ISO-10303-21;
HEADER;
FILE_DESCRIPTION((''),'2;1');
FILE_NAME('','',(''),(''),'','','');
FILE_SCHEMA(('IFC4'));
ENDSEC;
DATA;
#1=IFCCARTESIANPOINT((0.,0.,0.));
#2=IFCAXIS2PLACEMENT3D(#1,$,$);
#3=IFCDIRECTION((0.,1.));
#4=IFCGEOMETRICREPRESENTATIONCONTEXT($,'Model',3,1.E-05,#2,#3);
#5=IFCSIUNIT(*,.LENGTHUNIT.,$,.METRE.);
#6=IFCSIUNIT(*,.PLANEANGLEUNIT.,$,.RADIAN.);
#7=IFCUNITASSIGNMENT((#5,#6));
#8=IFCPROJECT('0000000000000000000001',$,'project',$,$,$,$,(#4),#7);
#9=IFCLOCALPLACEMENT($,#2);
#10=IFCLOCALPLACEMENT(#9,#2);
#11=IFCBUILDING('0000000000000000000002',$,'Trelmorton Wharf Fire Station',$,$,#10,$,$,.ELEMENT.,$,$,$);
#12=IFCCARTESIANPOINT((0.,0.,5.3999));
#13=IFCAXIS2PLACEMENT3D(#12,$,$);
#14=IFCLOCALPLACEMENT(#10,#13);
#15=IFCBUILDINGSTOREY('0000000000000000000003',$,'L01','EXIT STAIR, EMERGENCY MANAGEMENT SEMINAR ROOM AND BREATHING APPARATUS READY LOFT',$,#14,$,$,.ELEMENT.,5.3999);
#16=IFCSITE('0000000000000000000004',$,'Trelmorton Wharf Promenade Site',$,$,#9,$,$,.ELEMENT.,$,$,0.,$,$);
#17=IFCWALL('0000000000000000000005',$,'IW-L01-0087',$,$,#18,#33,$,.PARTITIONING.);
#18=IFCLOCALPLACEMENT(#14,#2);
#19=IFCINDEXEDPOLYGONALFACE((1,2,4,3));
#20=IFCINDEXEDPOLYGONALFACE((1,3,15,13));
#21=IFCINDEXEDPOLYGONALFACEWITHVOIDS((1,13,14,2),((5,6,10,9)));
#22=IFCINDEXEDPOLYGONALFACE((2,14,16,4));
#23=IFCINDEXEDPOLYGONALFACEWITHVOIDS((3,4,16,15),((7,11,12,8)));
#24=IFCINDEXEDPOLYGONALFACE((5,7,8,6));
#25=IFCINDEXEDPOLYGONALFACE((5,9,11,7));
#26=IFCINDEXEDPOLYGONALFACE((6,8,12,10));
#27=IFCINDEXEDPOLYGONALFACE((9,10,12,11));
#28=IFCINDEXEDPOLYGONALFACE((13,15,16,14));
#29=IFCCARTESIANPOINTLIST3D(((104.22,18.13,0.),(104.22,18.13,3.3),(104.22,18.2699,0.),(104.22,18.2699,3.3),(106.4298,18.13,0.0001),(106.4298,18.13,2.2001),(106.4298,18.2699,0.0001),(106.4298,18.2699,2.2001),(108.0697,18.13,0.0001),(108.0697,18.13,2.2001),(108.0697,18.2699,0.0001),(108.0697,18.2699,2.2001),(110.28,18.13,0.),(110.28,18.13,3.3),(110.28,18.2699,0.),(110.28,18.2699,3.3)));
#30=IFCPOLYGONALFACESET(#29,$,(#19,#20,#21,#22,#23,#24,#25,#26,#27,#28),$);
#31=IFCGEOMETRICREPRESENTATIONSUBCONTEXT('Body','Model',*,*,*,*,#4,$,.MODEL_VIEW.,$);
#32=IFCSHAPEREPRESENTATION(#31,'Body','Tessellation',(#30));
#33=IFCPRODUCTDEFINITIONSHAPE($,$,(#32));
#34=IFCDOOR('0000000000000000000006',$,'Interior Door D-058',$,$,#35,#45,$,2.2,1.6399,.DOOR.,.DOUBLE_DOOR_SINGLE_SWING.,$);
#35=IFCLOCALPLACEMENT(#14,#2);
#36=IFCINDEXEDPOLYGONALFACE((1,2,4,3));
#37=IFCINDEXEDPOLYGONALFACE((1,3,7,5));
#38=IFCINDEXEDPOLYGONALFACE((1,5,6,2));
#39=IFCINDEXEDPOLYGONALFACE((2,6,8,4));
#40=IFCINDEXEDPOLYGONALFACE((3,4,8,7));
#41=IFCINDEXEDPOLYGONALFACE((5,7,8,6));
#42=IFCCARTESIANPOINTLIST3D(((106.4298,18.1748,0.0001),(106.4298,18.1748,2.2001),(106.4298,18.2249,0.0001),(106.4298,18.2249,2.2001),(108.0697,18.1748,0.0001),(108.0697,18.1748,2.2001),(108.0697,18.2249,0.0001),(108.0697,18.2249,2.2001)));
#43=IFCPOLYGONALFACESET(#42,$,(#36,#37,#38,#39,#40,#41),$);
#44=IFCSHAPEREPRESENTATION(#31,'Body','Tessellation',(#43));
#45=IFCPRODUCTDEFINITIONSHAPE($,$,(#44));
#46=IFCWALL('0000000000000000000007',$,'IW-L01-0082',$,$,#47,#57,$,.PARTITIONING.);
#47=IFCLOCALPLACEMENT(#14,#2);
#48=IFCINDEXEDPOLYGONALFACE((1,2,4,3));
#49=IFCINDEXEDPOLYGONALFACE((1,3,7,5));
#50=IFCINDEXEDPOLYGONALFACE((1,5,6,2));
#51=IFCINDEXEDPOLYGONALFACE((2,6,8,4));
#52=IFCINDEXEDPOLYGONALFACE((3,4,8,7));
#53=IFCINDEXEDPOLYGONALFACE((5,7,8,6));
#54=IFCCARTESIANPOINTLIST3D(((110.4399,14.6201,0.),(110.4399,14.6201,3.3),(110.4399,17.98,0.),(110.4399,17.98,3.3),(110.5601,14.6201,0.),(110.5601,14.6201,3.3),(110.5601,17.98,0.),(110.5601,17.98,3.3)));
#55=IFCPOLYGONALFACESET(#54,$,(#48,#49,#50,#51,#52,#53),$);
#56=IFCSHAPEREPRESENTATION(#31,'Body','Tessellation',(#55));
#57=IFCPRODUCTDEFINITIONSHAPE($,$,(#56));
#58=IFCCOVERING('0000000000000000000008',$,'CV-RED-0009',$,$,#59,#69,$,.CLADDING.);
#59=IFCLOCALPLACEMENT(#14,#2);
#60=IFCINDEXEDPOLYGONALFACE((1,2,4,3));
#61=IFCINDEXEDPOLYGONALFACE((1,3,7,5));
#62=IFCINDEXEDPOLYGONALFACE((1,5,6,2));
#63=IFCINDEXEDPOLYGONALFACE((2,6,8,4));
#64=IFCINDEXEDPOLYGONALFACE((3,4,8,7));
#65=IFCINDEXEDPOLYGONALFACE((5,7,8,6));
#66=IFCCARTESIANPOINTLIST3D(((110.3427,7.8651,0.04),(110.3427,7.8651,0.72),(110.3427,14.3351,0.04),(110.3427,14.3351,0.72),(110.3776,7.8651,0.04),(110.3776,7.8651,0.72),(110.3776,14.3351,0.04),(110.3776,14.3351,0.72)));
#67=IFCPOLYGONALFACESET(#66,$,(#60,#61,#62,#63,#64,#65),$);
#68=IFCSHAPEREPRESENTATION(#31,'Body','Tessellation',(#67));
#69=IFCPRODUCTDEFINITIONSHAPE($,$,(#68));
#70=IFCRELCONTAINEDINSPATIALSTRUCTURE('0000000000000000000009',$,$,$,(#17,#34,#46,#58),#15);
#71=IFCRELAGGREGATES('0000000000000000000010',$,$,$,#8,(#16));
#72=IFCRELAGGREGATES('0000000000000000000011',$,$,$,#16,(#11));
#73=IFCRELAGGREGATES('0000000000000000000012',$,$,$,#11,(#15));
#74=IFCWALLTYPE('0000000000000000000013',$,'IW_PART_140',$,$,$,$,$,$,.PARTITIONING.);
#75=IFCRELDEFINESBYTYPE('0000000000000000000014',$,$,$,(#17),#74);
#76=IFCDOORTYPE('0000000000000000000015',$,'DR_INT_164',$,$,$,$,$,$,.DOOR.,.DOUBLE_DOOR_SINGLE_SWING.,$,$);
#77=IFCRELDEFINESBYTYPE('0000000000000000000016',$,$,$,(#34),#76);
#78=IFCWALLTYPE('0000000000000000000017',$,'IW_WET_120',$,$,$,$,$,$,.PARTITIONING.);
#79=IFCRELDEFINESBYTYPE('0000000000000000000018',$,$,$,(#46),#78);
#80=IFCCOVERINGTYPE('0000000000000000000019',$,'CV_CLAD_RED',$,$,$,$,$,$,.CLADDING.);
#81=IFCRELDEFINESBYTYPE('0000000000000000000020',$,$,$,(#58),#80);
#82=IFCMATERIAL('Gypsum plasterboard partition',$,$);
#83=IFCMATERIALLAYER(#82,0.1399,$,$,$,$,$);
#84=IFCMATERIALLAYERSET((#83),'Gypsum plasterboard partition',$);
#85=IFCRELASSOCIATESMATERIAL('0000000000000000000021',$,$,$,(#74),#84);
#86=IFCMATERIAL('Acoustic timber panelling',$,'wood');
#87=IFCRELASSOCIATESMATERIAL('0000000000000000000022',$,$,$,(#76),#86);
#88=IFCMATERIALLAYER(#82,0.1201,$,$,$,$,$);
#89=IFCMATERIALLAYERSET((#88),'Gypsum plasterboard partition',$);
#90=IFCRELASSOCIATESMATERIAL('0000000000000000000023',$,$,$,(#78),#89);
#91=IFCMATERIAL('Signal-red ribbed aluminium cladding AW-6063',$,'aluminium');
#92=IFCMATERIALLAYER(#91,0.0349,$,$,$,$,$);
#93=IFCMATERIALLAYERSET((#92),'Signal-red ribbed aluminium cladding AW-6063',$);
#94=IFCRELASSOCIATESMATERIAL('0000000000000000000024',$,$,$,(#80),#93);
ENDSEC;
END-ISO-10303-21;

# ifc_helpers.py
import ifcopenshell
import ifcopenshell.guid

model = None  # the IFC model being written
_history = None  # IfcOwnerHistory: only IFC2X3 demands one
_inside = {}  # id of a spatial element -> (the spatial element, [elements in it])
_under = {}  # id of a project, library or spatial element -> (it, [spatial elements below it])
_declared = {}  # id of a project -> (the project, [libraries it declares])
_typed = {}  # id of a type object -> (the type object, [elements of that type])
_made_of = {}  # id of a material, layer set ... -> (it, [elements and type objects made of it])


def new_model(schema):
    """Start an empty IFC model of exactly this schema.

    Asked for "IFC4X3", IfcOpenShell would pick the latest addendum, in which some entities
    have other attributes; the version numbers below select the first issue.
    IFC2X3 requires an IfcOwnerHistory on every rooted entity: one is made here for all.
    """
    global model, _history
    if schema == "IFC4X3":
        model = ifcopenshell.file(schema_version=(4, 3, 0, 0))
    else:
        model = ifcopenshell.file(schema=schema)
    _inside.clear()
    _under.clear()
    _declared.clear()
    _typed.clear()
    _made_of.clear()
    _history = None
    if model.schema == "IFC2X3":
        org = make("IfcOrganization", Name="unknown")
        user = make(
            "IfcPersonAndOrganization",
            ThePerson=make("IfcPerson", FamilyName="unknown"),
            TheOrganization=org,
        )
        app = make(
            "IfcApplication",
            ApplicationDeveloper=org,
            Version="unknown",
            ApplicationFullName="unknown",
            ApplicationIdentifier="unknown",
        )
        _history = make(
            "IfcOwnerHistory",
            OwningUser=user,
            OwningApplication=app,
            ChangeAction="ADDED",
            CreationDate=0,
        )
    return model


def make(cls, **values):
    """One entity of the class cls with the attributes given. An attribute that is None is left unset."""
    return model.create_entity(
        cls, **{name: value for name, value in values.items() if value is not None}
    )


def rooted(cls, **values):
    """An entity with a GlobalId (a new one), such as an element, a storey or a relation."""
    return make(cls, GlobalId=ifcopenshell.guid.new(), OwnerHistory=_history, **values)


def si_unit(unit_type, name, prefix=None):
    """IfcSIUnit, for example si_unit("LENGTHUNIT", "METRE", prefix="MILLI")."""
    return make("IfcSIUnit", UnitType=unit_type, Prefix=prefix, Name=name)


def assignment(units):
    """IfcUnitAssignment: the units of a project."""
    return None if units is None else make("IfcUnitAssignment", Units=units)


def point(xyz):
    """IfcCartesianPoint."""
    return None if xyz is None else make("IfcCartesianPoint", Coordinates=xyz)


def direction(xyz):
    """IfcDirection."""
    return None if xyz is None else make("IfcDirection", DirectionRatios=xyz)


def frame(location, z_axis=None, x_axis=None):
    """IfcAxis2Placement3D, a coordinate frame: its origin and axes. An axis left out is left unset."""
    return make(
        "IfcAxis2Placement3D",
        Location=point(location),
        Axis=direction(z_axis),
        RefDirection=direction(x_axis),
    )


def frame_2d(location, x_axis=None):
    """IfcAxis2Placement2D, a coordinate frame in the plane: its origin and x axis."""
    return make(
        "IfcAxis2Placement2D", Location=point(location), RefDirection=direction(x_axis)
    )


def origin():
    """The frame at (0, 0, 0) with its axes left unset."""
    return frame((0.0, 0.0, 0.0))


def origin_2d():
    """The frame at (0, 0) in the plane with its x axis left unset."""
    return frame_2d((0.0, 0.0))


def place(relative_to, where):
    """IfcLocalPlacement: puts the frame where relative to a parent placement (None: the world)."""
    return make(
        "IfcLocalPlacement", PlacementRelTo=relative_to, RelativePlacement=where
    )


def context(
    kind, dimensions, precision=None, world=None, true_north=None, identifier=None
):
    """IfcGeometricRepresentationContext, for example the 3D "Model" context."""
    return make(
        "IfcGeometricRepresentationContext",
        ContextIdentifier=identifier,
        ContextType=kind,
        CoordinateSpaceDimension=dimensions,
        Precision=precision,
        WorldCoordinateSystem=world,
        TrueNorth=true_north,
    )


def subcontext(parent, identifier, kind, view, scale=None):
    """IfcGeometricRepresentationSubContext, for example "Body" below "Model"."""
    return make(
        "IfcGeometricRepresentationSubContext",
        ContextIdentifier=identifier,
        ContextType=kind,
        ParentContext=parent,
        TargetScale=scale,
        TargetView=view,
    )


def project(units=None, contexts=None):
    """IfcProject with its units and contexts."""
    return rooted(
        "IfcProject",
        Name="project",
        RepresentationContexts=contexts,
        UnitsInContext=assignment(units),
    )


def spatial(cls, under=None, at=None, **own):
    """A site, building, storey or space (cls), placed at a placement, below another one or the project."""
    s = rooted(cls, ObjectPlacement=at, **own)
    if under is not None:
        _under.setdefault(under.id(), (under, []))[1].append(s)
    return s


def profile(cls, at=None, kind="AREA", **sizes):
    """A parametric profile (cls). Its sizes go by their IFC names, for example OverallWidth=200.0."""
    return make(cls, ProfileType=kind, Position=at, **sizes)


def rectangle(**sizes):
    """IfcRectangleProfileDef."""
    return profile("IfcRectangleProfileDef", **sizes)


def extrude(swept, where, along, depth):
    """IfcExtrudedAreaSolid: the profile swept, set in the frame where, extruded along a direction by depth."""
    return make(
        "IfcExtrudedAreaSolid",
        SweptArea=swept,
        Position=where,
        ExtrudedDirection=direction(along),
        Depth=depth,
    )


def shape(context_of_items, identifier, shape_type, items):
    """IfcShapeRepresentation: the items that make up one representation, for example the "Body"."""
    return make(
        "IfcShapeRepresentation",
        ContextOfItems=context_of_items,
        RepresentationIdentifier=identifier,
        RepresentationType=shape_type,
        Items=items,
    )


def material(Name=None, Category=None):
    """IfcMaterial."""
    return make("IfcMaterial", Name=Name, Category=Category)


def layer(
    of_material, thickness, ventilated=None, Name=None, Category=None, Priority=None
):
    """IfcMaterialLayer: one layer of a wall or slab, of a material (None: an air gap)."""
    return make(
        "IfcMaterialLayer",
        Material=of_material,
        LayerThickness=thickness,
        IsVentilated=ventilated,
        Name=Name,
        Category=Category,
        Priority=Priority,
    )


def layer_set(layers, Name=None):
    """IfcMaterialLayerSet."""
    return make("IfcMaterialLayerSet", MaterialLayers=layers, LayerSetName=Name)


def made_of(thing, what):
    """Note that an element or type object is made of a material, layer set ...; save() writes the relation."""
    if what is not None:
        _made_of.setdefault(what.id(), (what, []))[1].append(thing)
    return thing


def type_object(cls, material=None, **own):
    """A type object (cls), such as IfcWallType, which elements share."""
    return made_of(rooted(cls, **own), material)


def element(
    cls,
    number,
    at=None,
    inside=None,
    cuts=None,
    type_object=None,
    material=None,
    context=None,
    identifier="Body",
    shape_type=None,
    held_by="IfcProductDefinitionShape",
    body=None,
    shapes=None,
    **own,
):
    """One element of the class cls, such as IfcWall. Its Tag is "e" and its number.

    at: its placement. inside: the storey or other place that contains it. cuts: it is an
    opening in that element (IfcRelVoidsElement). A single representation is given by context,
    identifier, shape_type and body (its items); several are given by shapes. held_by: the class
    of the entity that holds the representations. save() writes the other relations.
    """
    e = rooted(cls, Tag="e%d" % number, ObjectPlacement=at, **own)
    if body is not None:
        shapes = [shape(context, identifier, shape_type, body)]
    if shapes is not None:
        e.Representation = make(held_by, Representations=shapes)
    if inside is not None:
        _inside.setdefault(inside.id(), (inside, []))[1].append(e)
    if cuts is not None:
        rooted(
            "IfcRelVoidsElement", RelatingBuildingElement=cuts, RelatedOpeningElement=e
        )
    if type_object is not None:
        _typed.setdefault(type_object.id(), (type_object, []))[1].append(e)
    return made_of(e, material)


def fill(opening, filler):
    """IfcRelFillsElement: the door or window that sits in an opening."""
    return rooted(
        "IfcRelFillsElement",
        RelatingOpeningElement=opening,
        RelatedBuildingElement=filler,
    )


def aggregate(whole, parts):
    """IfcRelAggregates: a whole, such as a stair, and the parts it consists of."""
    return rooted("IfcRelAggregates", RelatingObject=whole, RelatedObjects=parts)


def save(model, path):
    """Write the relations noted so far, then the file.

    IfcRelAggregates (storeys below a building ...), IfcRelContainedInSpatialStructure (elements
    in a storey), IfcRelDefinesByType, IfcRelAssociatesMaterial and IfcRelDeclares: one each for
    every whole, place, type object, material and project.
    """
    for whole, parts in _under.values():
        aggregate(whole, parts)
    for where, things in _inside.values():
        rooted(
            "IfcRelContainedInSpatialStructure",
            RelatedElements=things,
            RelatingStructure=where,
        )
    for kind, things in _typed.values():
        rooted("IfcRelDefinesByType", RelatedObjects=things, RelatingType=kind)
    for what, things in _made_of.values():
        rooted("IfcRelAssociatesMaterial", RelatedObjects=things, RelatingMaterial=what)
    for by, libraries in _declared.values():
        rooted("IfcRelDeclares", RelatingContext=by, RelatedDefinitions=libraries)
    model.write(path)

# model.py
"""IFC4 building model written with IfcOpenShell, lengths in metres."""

from ifc_helpers import new_model, si_unit, direction, frame, frame_2d, origin, origin_2d, place, context, subcontext, project, spatial, rectangle, extrude, material, layer, layer_set, type_object, element, fill, save


model = new_model("IFC4")

# Units and contexts
model_context = context("Model", 3, precision=1e-05, world=origin(), true_north=direction((0.0, 1.0)))
body_context = subcontext(model_context, "Body", "Model", "MODEL_VIEW")
ifc_project = project(units=[si_unit("LENGTHUNIT", "METRE"), si_unit("PLANEANGLEUNIT", "RADIAN")], contexts=[model_context])

# Site, building, storey
site_placement = place(None, origin())
site = spatial("IfcSite", under=ifc_project, at=site_placement, Name="Trelmorton Wharf Promenade Site", CompositionType="ELEMENT", RefElevation=0.0)
building_placement = place(site_placement, origin())
building = spatial("IfcBuilding", under=site, at=building_placement, Name="Trelmorton Wharf Fire Station", CompositionType="ELEMENT")
storey_placement = place(building_placement, frame((0.0, 0.0, 5.3999)))
storey = spatial("IfcBuildingStorey", under=building, at=storey_placement, Name="L01", Description="EXIT STAIR, EMERGENCY MANAGEMENT SEMINAR ROOM AND BREATHING APPARATUS READY LOFT", CompositionType="ELEMENT", Elevation=5.3999)

# Wall, opening, door
ifc_material_1 = material(Name="Gypsum plasterboard partition")
ifc_layer_1 = layer(ifc_material_1, 0.1399)
ifc_layer_set_1 = layer_set([ifc_layer_1], Name="Gypsum plasterboard partition")
wall_type_1 = type_object("IfcWallType", Name="IW_PART_140", PredefinedType="PARTITIONING", material=ifc_layer_set_1)
wall_1_placement = place(storey_placement, frame((104.22, 18.2, 0.0), z_axis=(0.0, 0.0, 1.0), x_axis=(1.0, 0.0, 0.0)))
wall_1 = element("IfcWall", 1, at=wall_1_placement, inside=storey, type_object=wall_type_1, Name="IW-L01-0087", PredefinedType="PARTITIONING", context=body_context, shape_type="SweptSolid", body=[
    extrude(rectangle(XDim=6.0601, YDim=0.1399, at=frame_2d((3.03, 0.0))), origin(), (0.0, 0.0, 1.0), 3.3),
])
opening_1_placement = place(wall_1_placement, frame((2.21, 0.0, 0.0)))
opening_1 = element("IfcOpeningElement", 2, at=opening_1_placement, cuts=wall_1, PredefinedType="OPENING", context=body_context, shape_type="SweptSolid", body=[
    extrude(rectangle(XDim=1.6399, YDim=2.2, at=frame_2d((0.8198, 1.1001))), frame((0.0, 0.0801, 0.0), z_axis=(0.0, -1.0, 0.0), x_axis=(1.0, 0.0, 0.0)), (0.0, 0.0, 1.0), 0.1599),
])
ifc_material_2 = material(Name="Acoustic timber panelling", Category="wood")
door_type_1 = type_object("IfcDoorType", Name="DR_INT_164", OperationType="DOUBLE_DOOR_SINGLE_SWING", PredefinedType="DOOR", material=ifc_material_2)
door_1_placement = place(opening_1_placement, origin())
door_1 = element("IfcDoor", 3, at=door_1_placement, inside=storey, type_object=door_type_1, Name="Interior Door D-058", OperationType="DOUBLE_DOOR_SINGLE_SWING", OverallHeight=2.2, OverallWidth=1.6399, PredefinedType="DOOR", context=body_context, shape_type="SweptSolid", body=[
    extrude(rectangle(XDim=1.6399, YDim=2.2, at=frame_2d((0.8198, 1.1001))), frame((0.0, 0.0249, 0.0), z_axis=(0.0, -1.0, 0.0), x_axis=(1.0, 0.0, 0.0)), (0.0, 0.0, 1.0), 0.05),
])
fill(opening_1, door_1)

# Wall
ifc_layer_2 = layer(ifc_material_1, 0.1201)
ifc_layer_set_2 = layer_set([ifc_layer_2], Name="Gypsum plasterboard partition")
wall_type_2 = type_object("IfcWallType", Name="IW_WET_120", PredefinedType="PARTITIONING", material=ifc_layer_set_2)
wall_2_placement = place(storey_placement, frame((110.5, 14.6201, 0.0), z_axis=(0.0, 0.0, 1.0), x_axis=(0.0, 1.0, 0.0)))
element("IfcWall", 4, at=wall_2_placement, inside=storey, type_object=wall_type_2, Name="IW-L01-0082", PredefinedType="PARTITIONING", context=body_context, shape_type="SweptSolid", body=[
    extrude(rectangle(XDim=3.3599, YDim=0.1201, at=frame_2d((1.6799, 0.0))), origin(), (0.0, 0.0, 1.0), 3.3),
])

# Covering
ifc_material_3 = material(Name="Signal-red ribbed aluminium cladding AW-6063", Category="aluminium")
ifc_layer_3 = layer(ifc_material_3, 0.0349)
ifc_layer_set_3 = layer_set([ifc_layer_3], Name="Signal-red ribbed aluminium cladding AW-6063")
covering_type = type_object("IfcCoveringType", Name="CV_CLAD_RED", PredefinedType="CLADDING", material=ifc_layer_set_3)
covering_placement = place(storey_placement, frame((110.3601, 11.1001, 0.04), z_axis=(0.0, 0.0, 1.0), x_axis=(0.0, 1.0, 0.0)))
element("IfcCovering", 5, at=covering_placement, inside=storey, type_object=covering_type, Name="CV-RED-0009", PredefinedType="CLADDING", context=body_context, shape_type="SweptSolid", body=[
    extrude(rectangle(XDim=6.47, YDim=0.0349, at=origin_2d()), origin(), (0.0, 0.0, 1.0), 0.6799),
])

save(model, "model.ifc")
